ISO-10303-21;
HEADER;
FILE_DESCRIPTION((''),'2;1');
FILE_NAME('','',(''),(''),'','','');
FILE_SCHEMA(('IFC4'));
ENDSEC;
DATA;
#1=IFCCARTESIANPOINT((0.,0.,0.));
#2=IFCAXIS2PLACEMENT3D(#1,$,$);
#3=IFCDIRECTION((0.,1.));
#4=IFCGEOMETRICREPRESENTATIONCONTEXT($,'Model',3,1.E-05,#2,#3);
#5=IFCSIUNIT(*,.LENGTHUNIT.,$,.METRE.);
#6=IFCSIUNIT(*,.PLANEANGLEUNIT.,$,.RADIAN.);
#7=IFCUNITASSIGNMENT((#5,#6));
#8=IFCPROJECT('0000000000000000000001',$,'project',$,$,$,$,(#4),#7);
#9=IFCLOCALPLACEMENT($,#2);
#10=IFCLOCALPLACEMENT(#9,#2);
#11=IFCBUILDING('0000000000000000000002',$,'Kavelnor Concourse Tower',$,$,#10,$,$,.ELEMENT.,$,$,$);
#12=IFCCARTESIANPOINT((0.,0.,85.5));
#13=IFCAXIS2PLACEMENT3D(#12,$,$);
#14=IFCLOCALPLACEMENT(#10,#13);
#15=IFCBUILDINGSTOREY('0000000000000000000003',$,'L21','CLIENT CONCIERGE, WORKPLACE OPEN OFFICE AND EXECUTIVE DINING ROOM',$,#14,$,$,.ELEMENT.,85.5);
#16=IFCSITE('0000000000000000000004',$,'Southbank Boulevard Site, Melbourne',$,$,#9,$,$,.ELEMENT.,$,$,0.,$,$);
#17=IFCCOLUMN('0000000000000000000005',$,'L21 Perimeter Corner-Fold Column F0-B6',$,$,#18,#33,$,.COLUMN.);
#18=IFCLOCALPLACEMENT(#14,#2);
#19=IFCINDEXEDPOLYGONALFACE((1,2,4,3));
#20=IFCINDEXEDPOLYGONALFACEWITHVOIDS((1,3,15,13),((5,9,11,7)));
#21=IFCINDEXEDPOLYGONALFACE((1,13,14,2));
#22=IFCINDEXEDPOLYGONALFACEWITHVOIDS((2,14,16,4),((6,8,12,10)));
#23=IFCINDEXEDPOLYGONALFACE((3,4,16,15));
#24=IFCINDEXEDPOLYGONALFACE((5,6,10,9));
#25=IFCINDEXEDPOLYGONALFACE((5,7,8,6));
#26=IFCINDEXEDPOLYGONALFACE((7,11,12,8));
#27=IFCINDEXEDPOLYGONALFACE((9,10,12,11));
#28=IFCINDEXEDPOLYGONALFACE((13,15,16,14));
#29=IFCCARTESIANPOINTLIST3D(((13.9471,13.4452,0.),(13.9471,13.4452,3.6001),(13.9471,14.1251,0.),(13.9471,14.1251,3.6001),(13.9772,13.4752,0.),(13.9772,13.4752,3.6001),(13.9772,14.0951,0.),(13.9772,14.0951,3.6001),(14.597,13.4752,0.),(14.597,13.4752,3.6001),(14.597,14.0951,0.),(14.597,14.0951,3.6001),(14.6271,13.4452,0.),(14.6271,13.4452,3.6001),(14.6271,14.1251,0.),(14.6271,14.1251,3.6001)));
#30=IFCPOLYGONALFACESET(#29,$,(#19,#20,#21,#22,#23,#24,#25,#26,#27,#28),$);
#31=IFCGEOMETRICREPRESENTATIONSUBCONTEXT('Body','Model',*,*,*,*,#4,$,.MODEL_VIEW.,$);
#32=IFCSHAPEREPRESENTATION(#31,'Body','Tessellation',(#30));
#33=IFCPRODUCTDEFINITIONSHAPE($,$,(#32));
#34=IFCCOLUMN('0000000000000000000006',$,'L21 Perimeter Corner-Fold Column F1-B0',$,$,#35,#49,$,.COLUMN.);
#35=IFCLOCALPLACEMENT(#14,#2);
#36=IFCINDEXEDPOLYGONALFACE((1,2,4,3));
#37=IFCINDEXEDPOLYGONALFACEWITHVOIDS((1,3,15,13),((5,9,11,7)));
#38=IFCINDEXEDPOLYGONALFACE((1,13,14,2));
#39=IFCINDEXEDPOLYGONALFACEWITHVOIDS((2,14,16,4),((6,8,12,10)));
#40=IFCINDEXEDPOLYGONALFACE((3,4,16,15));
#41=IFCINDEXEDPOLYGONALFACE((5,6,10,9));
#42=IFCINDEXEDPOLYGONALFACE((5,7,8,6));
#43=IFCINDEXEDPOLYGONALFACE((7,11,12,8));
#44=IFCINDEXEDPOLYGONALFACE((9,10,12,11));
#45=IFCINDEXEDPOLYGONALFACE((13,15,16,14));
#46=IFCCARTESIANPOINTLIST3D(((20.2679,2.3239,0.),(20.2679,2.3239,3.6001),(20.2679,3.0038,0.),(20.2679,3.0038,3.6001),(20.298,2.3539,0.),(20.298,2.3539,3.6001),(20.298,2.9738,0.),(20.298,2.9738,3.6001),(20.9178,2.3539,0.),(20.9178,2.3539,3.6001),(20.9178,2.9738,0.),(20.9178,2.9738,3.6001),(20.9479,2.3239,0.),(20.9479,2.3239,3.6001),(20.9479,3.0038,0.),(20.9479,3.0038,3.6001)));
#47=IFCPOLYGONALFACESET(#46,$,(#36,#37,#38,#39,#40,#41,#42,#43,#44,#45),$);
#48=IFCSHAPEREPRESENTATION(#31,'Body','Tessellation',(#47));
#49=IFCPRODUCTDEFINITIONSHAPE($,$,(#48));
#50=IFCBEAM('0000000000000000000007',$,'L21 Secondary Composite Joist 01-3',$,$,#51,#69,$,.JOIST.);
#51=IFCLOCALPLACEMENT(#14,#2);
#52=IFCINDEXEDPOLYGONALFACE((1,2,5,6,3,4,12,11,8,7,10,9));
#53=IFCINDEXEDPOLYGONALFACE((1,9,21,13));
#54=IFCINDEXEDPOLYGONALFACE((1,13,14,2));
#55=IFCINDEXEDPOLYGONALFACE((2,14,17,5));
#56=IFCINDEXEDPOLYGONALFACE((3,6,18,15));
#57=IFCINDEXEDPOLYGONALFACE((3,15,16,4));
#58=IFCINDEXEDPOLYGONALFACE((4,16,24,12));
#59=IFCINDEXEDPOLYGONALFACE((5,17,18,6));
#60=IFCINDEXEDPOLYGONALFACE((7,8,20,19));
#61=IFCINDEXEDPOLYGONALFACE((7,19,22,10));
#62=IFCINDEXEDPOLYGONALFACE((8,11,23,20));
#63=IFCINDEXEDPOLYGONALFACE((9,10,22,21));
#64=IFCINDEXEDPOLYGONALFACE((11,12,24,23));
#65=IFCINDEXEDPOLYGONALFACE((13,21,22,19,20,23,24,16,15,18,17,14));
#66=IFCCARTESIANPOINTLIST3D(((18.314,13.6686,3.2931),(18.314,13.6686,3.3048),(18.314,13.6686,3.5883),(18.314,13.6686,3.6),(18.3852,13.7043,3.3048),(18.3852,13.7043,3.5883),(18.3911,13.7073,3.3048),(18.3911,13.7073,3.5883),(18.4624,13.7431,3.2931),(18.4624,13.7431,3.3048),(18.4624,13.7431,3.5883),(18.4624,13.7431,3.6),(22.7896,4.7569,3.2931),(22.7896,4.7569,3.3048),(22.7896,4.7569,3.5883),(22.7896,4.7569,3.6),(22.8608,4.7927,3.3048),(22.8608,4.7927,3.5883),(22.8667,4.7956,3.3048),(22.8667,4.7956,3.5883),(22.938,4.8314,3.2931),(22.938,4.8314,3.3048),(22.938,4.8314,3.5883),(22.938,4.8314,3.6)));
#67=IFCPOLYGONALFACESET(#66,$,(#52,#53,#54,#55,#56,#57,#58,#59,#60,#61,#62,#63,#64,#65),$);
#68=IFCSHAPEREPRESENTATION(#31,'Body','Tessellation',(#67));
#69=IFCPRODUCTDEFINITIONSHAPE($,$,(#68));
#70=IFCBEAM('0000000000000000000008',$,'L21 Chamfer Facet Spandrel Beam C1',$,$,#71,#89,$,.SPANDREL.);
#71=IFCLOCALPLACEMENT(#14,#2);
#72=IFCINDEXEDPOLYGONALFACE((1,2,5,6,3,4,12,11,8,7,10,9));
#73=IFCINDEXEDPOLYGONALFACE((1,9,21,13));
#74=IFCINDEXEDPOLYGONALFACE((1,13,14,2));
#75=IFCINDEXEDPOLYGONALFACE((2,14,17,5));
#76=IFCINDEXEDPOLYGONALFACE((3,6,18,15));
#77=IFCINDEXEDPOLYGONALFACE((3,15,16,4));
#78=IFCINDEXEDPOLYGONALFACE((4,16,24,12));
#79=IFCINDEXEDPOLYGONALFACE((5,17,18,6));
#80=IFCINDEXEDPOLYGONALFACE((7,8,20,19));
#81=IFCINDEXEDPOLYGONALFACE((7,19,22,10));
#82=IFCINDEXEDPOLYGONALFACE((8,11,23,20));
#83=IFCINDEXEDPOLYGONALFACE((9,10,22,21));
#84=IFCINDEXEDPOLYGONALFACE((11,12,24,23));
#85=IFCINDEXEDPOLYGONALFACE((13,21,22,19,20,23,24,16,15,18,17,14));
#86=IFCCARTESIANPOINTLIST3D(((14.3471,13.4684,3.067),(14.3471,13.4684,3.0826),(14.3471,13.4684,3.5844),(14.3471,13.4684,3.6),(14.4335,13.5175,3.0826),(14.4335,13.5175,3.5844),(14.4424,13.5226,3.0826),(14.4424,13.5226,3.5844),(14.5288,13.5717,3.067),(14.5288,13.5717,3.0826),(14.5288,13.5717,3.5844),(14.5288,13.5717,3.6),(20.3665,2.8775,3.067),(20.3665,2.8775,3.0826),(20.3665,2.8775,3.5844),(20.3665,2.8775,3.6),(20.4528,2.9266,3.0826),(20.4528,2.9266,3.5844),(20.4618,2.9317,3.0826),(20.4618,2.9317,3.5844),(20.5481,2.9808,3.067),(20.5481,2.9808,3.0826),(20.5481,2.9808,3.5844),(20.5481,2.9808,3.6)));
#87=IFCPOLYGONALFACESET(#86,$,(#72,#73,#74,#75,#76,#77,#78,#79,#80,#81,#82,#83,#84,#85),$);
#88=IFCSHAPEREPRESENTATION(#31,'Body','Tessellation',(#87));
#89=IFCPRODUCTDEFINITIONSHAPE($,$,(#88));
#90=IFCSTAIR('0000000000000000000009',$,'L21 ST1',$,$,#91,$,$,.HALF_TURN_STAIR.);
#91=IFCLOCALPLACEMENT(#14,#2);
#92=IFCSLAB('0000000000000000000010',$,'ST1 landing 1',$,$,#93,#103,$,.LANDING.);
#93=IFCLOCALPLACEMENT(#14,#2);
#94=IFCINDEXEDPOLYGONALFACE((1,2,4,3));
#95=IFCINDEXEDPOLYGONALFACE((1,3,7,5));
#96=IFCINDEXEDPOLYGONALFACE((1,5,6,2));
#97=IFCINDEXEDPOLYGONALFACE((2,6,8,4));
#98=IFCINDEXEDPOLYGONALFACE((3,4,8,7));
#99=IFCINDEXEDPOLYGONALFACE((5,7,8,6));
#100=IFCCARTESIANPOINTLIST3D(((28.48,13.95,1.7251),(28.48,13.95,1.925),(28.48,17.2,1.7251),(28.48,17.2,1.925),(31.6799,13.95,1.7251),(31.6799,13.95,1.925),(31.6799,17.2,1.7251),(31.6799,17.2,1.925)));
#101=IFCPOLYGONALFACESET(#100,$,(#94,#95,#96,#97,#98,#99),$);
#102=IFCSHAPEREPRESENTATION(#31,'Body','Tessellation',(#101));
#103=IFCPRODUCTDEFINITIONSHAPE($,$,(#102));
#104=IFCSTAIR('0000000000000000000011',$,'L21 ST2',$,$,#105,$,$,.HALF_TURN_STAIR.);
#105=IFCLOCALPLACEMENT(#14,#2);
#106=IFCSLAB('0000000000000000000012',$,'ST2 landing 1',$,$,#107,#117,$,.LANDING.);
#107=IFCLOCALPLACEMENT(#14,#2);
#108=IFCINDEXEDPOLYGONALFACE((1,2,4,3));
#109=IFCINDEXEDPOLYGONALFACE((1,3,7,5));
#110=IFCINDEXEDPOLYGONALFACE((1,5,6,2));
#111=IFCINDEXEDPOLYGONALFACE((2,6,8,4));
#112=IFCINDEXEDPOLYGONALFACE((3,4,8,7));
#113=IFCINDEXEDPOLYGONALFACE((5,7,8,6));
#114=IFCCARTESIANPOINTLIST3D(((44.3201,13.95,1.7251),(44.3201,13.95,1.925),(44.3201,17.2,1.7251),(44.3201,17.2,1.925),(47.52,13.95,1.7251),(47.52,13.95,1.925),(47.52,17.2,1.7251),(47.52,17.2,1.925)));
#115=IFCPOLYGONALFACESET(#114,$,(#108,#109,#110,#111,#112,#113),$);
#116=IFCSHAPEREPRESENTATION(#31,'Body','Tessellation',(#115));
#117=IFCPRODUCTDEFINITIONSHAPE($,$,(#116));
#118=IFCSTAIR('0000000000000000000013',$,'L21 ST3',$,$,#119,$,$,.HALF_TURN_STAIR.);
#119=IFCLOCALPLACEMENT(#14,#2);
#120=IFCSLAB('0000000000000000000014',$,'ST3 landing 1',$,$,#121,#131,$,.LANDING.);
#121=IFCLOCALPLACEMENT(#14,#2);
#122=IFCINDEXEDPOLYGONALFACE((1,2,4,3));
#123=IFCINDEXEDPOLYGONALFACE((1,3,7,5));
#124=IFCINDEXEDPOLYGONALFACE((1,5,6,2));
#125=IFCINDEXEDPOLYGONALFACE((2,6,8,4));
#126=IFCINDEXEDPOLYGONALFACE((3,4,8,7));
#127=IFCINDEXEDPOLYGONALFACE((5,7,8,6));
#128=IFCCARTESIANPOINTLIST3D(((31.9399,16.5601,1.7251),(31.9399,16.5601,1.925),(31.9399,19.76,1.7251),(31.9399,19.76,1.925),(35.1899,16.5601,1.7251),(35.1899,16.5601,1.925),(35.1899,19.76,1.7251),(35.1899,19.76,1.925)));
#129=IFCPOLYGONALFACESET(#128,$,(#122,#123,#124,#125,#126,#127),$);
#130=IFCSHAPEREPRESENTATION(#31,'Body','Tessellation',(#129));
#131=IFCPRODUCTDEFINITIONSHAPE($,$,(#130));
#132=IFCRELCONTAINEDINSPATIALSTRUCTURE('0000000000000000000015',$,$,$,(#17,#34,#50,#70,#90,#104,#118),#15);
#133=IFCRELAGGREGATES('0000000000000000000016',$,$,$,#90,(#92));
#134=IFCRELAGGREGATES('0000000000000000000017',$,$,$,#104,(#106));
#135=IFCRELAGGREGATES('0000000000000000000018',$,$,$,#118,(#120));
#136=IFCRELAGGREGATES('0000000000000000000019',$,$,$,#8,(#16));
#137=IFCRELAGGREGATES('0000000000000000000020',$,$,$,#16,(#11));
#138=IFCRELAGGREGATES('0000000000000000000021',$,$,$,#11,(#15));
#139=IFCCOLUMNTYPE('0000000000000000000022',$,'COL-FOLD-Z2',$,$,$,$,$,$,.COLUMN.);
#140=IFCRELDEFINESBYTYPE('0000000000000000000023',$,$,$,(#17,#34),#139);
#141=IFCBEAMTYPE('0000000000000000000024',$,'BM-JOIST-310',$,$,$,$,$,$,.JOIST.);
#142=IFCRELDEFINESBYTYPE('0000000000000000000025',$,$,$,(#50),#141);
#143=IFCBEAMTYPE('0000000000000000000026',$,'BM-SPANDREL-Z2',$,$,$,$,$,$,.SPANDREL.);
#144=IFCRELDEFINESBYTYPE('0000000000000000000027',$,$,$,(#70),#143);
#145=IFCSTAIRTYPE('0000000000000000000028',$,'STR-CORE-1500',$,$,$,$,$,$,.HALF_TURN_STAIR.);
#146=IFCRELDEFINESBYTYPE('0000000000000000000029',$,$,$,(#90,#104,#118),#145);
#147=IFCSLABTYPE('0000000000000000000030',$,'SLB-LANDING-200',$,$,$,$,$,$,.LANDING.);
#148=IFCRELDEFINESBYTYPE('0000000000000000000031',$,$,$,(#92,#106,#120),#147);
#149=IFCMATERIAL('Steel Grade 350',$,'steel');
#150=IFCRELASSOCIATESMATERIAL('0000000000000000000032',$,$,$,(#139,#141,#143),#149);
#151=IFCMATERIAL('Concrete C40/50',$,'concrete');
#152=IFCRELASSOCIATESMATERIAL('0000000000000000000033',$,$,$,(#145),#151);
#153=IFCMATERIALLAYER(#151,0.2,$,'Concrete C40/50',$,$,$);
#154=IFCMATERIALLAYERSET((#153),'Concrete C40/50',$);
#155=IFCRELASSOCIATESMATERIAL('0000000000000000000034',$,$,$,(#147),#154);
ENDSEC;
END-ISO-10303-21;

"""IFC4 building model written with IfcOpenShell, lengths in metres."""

from ifc_helpers import new_model, si_unit, direction, frame, origin, origin_2d, place, context, subcontext, project, spatial, polyline, hollow_rectangle, i_section, outline, extrude, material, layer, layer_set, material_profile, profile_set, type_object, element, aggregate, save


model = new_model("IFC4")

# Units and contexts
model_context = context("Model", 3, precision=1e-05, world=origin(), true_north=direction((0.0, 1.0)))
body_context = subcontext(model_context, "Body", "Model", "MODEL_VIEW")
ifc_project = project(units=[si_unit("LENGTHUNIT", "METRE"), si_unit("PLANEANGLEUNIT", "RADIAN")], contexts=[model_context])

# Site, building, storey
site_placement = place(None, origin())
site = spatial("IfcSite", under=ifc_project, at=site_placement, Name="Southbank Boulevard Site, Melbourne", CompositionType="ELEMENT", RefElevation=0.0)
building_placement = place(site_placement, origin())
building = spatial("IfcBuilding", under=site, at=building_placement, Name="Kavelnor Concourse Tower", CompositionType="ELEMENT")
storey_placement = place(building_placement, frame((0.0, 0.0, 85.5)))
storey = spatial("IfcBuildingStorey", under=building, at=storey_placement, Name="L21", Description="CLIENT CONCIERGE, WORKPLACE OPEN OFFICE AND EXECUTIVE DINING ROOM", CompositionType="ELEMENT", Elevation=85.5)

# Columns
ifc_material_1 = material(Name="Steel Grade 350", Category="steel")
ifc_material_profile_1 = material_profile(ifc_material_1, hollow_rectangle(XDim=0.6799, YDim=0.6799, WallThickness=0.03, at=origin_2d()), Name="SHS 680x680x30")
ifc_profile_set_1 = profile_set([ifc_material_profile_1], Name="Steel Grade 350")
column_type = type_object("IfcColumnType", Name="COL-FOLD-Z2", PredefinedType="COLUMN", material=ifc_profile_set_1)
for number, where, z_axis, x_axis, name in (
    (1, (14.2871, 13.7852, 0.0), (0.0, 0.0, 1.0), (1.0, 0.0, 0.0), "L21 Perimeter Corner-Fold Column F0-B6"),
    (2, (20.6079, 2.6638, 0.0), (0.0, 0.0, 1.0), (1.0, 0.0, 0.0), "L21 Perimeter Corner-Fold Column F1-B0"),
):
    element("IfcColumn", number, at=place(storey_placement, frame(where, z_axis=z_axis, x_axis=x_axis)), inside=storey, type_object=column_type, Name=name, PredefinedType="COLUMN", context=body_context, shape_type="SweptSolid", body=[
        extrude(hollow_rectangle(XDim=0.6799, YDim=0.6799, WallThickness=0.03, at=origin_2d()), origin(), (0.0, 0.0, 1.0), 3.6001),
    ])

# Beams
ifc_material_profile_2 = material_profile(ifc_material_1, i_section(OverallWidth=0.166, OverallDepth=0.3069, WebThickness=0.0066, FlangeThickness=0.0117, at=origin_2d()), Name="310UB46")
ifc_profile_set_2 = profile_set([ifc_material_profile_2], Name="Steel Grade 350")
beam_type_1 = type_object("IfcBeamType", Name="BM-JOIST-310", PredefinedType="JOIST", material=ifc_profile_set_2)
beam_1_placement = place(storey_placement, frame((18.3882, 13.7058, 3.4465), z_axis=(0.448799, -0.893633, 0.0), x_axis=(0.893633, 0.448799, 0.0)))
element("IfcBeam", 3, at=beam_1_placement, inside=storey, type_object=beam_type_1, Name="L21 Secondary Composite Joist 01-3", PredefinedType="JOIST", context=body_context, shape_type="SweptSolid", body=[
    extrude(i_section(OverallWidth=0.166, OverallDepth=0.3069, WebThickness=0.0066, FlangeThickness=0.0117, at=origin_2d()), origin(), (0.0, 0.0, 1.0), 9.9724),
])
ifc_material_profile_3 = material_profile(ifc_material_1, i_section(OverallWidth=0.209, OverallDepth=0.533, WebThickness=0.0103, FlangeThickness=0.0156, at=origin_2d()), Name="530UB92")
ifc_profile_set_3 = profile_set([ifc_material_profile_3], Name="Steel Grade 350")
beam_type_2 = type_object("IfcBeamType", Name="BM-SPANDREL-Z2", PredefinedType="SPANDREL", material=ifc_profile_set_3)
beam_2_placement = place(storey_placement, frame((14.438, 13.52, 3.3335), z_axis=(0.49412, -0.869394, 0.0), x_axis=(0.869394, 0.49412, 0.0)))
element("IfcBeam", 4, at=beam_2_placement, inside=storey, type_object=beam_type_2, Name="L21 Chamfer Facet Spandrel Beam C1", PredefinedType="SPANDREL", context=body_context, shape_type="SweptSolid", body=[
    extrude(i_section(OverallWidth=0.209, OverallDepth=0.533, WebThickness=0.0103, FlangeThickness=0.0156, at=origin_2d()), origin(), (0.0, 0.0, 1.0), 12.1819),
])

# Stairs, slabs
ifc_material_2 = material(Name="Concrete C40/50", Category="concrete")
stair_type = type_object("IfcStairType", Name="STR-CORE-1500", PredefinedType="HALF_TURN_STAIR", material=ifc_material_2)
stair_1_placement = place(storey_placement, origin())
stair_1 = element("IfcStair", 5, at=stair_1_placement, inside=storey, type_object=stair_type, Name="L21 ST1", PredefinedType="HALF_TURN_STAIR")
ifc_layer_1 = layer(ifc_material_2, 0.2, Name="Concrete C40/50")
ifc_layer_set_1 = layer_set([ifc_layer_1], Name="Concrete C40/50")
slab_type_1 = type_object("IfcSlabType", Name="SLB-LANDING-200", PredefinedType="LANDING", material=ifc_layer_set_1)
slab_1_placement = place(storey_placement, frame((0.0, 0.0, 1.7251)))
slab_1 = element("IfcSlab", 6, at=slab_1_placement, type_object=slab_type_1, Name="ST1 landing 1", PredefinedType="LANDING", context=body_context, shape_type="SweptSolid", body=[
    extrude(outline(polyline([(31.6799, 13.95), (31.6799, 17.2), (28.48, 17.2), (28.48, 13.95), (31.6799, 13.95)])), origin(), (0.0, 0.0, 1.0), 0.2),
])
aggregate(stair_1, [slab_1])
stair_2_placement = place(storey_placement, origin())
stair_2 = element("IfcStair", 7, at=stair_2_placement, inside=storey, type_object=stair_type, Name="L21 ST2", PredefinedType="HALF_TURN_STAIR")
slab_2_placement = place(storey_placement, frame((0.0, 0.0, 1.7251)))
slab_2 = element("IfcSlab", 8, at=slab_2_placement, type_object=slab_type_1, Name="ST2 landing 1", PredefinedType="LANDING", context=body_context, shape_type="SweptSolid", body=[
    extrude(outline(polyline([(47.52, 13.95), (47.52, 17.2), (44.3201, 17.2), (44.3201, 13.95), (47.52, 13.95)])), origin(), (0.0, 0.0, 1.0), 0.2),
])
aggregate(stair_2, [slab_2])
stair_3_placement = place(storey_placement, origin())
stair_3 = element("IfcStair", 9, at=stair_3_placement, inside=storey, type_object=stair_type, Name="L21 ST3", PredefinedType="HALF_TURN_STAIR")
slab_3_placement = place(storey_placement, frame((0.0, 0.0, 1.7251)))
slab_3 = element("IfcSlab", 10, at=slab_3_placement, type_object=slab_type_1, Name="ST3 landing 1", PredefinedType="LANDING", context=body_context, shape_type="SweptSolid", body=[
    extrude(outline(polyline([(35.1899, 19.76), (31.9399, 19.76), (31.9399, 16.5601), (35.1899, 16.5601), (35.1899, 19.76)])), origin(), (0.0, 0.0, 1.0), 0.2),
])
aggregate(stair_3, [slab_3])

save(model, "model.ifc")
